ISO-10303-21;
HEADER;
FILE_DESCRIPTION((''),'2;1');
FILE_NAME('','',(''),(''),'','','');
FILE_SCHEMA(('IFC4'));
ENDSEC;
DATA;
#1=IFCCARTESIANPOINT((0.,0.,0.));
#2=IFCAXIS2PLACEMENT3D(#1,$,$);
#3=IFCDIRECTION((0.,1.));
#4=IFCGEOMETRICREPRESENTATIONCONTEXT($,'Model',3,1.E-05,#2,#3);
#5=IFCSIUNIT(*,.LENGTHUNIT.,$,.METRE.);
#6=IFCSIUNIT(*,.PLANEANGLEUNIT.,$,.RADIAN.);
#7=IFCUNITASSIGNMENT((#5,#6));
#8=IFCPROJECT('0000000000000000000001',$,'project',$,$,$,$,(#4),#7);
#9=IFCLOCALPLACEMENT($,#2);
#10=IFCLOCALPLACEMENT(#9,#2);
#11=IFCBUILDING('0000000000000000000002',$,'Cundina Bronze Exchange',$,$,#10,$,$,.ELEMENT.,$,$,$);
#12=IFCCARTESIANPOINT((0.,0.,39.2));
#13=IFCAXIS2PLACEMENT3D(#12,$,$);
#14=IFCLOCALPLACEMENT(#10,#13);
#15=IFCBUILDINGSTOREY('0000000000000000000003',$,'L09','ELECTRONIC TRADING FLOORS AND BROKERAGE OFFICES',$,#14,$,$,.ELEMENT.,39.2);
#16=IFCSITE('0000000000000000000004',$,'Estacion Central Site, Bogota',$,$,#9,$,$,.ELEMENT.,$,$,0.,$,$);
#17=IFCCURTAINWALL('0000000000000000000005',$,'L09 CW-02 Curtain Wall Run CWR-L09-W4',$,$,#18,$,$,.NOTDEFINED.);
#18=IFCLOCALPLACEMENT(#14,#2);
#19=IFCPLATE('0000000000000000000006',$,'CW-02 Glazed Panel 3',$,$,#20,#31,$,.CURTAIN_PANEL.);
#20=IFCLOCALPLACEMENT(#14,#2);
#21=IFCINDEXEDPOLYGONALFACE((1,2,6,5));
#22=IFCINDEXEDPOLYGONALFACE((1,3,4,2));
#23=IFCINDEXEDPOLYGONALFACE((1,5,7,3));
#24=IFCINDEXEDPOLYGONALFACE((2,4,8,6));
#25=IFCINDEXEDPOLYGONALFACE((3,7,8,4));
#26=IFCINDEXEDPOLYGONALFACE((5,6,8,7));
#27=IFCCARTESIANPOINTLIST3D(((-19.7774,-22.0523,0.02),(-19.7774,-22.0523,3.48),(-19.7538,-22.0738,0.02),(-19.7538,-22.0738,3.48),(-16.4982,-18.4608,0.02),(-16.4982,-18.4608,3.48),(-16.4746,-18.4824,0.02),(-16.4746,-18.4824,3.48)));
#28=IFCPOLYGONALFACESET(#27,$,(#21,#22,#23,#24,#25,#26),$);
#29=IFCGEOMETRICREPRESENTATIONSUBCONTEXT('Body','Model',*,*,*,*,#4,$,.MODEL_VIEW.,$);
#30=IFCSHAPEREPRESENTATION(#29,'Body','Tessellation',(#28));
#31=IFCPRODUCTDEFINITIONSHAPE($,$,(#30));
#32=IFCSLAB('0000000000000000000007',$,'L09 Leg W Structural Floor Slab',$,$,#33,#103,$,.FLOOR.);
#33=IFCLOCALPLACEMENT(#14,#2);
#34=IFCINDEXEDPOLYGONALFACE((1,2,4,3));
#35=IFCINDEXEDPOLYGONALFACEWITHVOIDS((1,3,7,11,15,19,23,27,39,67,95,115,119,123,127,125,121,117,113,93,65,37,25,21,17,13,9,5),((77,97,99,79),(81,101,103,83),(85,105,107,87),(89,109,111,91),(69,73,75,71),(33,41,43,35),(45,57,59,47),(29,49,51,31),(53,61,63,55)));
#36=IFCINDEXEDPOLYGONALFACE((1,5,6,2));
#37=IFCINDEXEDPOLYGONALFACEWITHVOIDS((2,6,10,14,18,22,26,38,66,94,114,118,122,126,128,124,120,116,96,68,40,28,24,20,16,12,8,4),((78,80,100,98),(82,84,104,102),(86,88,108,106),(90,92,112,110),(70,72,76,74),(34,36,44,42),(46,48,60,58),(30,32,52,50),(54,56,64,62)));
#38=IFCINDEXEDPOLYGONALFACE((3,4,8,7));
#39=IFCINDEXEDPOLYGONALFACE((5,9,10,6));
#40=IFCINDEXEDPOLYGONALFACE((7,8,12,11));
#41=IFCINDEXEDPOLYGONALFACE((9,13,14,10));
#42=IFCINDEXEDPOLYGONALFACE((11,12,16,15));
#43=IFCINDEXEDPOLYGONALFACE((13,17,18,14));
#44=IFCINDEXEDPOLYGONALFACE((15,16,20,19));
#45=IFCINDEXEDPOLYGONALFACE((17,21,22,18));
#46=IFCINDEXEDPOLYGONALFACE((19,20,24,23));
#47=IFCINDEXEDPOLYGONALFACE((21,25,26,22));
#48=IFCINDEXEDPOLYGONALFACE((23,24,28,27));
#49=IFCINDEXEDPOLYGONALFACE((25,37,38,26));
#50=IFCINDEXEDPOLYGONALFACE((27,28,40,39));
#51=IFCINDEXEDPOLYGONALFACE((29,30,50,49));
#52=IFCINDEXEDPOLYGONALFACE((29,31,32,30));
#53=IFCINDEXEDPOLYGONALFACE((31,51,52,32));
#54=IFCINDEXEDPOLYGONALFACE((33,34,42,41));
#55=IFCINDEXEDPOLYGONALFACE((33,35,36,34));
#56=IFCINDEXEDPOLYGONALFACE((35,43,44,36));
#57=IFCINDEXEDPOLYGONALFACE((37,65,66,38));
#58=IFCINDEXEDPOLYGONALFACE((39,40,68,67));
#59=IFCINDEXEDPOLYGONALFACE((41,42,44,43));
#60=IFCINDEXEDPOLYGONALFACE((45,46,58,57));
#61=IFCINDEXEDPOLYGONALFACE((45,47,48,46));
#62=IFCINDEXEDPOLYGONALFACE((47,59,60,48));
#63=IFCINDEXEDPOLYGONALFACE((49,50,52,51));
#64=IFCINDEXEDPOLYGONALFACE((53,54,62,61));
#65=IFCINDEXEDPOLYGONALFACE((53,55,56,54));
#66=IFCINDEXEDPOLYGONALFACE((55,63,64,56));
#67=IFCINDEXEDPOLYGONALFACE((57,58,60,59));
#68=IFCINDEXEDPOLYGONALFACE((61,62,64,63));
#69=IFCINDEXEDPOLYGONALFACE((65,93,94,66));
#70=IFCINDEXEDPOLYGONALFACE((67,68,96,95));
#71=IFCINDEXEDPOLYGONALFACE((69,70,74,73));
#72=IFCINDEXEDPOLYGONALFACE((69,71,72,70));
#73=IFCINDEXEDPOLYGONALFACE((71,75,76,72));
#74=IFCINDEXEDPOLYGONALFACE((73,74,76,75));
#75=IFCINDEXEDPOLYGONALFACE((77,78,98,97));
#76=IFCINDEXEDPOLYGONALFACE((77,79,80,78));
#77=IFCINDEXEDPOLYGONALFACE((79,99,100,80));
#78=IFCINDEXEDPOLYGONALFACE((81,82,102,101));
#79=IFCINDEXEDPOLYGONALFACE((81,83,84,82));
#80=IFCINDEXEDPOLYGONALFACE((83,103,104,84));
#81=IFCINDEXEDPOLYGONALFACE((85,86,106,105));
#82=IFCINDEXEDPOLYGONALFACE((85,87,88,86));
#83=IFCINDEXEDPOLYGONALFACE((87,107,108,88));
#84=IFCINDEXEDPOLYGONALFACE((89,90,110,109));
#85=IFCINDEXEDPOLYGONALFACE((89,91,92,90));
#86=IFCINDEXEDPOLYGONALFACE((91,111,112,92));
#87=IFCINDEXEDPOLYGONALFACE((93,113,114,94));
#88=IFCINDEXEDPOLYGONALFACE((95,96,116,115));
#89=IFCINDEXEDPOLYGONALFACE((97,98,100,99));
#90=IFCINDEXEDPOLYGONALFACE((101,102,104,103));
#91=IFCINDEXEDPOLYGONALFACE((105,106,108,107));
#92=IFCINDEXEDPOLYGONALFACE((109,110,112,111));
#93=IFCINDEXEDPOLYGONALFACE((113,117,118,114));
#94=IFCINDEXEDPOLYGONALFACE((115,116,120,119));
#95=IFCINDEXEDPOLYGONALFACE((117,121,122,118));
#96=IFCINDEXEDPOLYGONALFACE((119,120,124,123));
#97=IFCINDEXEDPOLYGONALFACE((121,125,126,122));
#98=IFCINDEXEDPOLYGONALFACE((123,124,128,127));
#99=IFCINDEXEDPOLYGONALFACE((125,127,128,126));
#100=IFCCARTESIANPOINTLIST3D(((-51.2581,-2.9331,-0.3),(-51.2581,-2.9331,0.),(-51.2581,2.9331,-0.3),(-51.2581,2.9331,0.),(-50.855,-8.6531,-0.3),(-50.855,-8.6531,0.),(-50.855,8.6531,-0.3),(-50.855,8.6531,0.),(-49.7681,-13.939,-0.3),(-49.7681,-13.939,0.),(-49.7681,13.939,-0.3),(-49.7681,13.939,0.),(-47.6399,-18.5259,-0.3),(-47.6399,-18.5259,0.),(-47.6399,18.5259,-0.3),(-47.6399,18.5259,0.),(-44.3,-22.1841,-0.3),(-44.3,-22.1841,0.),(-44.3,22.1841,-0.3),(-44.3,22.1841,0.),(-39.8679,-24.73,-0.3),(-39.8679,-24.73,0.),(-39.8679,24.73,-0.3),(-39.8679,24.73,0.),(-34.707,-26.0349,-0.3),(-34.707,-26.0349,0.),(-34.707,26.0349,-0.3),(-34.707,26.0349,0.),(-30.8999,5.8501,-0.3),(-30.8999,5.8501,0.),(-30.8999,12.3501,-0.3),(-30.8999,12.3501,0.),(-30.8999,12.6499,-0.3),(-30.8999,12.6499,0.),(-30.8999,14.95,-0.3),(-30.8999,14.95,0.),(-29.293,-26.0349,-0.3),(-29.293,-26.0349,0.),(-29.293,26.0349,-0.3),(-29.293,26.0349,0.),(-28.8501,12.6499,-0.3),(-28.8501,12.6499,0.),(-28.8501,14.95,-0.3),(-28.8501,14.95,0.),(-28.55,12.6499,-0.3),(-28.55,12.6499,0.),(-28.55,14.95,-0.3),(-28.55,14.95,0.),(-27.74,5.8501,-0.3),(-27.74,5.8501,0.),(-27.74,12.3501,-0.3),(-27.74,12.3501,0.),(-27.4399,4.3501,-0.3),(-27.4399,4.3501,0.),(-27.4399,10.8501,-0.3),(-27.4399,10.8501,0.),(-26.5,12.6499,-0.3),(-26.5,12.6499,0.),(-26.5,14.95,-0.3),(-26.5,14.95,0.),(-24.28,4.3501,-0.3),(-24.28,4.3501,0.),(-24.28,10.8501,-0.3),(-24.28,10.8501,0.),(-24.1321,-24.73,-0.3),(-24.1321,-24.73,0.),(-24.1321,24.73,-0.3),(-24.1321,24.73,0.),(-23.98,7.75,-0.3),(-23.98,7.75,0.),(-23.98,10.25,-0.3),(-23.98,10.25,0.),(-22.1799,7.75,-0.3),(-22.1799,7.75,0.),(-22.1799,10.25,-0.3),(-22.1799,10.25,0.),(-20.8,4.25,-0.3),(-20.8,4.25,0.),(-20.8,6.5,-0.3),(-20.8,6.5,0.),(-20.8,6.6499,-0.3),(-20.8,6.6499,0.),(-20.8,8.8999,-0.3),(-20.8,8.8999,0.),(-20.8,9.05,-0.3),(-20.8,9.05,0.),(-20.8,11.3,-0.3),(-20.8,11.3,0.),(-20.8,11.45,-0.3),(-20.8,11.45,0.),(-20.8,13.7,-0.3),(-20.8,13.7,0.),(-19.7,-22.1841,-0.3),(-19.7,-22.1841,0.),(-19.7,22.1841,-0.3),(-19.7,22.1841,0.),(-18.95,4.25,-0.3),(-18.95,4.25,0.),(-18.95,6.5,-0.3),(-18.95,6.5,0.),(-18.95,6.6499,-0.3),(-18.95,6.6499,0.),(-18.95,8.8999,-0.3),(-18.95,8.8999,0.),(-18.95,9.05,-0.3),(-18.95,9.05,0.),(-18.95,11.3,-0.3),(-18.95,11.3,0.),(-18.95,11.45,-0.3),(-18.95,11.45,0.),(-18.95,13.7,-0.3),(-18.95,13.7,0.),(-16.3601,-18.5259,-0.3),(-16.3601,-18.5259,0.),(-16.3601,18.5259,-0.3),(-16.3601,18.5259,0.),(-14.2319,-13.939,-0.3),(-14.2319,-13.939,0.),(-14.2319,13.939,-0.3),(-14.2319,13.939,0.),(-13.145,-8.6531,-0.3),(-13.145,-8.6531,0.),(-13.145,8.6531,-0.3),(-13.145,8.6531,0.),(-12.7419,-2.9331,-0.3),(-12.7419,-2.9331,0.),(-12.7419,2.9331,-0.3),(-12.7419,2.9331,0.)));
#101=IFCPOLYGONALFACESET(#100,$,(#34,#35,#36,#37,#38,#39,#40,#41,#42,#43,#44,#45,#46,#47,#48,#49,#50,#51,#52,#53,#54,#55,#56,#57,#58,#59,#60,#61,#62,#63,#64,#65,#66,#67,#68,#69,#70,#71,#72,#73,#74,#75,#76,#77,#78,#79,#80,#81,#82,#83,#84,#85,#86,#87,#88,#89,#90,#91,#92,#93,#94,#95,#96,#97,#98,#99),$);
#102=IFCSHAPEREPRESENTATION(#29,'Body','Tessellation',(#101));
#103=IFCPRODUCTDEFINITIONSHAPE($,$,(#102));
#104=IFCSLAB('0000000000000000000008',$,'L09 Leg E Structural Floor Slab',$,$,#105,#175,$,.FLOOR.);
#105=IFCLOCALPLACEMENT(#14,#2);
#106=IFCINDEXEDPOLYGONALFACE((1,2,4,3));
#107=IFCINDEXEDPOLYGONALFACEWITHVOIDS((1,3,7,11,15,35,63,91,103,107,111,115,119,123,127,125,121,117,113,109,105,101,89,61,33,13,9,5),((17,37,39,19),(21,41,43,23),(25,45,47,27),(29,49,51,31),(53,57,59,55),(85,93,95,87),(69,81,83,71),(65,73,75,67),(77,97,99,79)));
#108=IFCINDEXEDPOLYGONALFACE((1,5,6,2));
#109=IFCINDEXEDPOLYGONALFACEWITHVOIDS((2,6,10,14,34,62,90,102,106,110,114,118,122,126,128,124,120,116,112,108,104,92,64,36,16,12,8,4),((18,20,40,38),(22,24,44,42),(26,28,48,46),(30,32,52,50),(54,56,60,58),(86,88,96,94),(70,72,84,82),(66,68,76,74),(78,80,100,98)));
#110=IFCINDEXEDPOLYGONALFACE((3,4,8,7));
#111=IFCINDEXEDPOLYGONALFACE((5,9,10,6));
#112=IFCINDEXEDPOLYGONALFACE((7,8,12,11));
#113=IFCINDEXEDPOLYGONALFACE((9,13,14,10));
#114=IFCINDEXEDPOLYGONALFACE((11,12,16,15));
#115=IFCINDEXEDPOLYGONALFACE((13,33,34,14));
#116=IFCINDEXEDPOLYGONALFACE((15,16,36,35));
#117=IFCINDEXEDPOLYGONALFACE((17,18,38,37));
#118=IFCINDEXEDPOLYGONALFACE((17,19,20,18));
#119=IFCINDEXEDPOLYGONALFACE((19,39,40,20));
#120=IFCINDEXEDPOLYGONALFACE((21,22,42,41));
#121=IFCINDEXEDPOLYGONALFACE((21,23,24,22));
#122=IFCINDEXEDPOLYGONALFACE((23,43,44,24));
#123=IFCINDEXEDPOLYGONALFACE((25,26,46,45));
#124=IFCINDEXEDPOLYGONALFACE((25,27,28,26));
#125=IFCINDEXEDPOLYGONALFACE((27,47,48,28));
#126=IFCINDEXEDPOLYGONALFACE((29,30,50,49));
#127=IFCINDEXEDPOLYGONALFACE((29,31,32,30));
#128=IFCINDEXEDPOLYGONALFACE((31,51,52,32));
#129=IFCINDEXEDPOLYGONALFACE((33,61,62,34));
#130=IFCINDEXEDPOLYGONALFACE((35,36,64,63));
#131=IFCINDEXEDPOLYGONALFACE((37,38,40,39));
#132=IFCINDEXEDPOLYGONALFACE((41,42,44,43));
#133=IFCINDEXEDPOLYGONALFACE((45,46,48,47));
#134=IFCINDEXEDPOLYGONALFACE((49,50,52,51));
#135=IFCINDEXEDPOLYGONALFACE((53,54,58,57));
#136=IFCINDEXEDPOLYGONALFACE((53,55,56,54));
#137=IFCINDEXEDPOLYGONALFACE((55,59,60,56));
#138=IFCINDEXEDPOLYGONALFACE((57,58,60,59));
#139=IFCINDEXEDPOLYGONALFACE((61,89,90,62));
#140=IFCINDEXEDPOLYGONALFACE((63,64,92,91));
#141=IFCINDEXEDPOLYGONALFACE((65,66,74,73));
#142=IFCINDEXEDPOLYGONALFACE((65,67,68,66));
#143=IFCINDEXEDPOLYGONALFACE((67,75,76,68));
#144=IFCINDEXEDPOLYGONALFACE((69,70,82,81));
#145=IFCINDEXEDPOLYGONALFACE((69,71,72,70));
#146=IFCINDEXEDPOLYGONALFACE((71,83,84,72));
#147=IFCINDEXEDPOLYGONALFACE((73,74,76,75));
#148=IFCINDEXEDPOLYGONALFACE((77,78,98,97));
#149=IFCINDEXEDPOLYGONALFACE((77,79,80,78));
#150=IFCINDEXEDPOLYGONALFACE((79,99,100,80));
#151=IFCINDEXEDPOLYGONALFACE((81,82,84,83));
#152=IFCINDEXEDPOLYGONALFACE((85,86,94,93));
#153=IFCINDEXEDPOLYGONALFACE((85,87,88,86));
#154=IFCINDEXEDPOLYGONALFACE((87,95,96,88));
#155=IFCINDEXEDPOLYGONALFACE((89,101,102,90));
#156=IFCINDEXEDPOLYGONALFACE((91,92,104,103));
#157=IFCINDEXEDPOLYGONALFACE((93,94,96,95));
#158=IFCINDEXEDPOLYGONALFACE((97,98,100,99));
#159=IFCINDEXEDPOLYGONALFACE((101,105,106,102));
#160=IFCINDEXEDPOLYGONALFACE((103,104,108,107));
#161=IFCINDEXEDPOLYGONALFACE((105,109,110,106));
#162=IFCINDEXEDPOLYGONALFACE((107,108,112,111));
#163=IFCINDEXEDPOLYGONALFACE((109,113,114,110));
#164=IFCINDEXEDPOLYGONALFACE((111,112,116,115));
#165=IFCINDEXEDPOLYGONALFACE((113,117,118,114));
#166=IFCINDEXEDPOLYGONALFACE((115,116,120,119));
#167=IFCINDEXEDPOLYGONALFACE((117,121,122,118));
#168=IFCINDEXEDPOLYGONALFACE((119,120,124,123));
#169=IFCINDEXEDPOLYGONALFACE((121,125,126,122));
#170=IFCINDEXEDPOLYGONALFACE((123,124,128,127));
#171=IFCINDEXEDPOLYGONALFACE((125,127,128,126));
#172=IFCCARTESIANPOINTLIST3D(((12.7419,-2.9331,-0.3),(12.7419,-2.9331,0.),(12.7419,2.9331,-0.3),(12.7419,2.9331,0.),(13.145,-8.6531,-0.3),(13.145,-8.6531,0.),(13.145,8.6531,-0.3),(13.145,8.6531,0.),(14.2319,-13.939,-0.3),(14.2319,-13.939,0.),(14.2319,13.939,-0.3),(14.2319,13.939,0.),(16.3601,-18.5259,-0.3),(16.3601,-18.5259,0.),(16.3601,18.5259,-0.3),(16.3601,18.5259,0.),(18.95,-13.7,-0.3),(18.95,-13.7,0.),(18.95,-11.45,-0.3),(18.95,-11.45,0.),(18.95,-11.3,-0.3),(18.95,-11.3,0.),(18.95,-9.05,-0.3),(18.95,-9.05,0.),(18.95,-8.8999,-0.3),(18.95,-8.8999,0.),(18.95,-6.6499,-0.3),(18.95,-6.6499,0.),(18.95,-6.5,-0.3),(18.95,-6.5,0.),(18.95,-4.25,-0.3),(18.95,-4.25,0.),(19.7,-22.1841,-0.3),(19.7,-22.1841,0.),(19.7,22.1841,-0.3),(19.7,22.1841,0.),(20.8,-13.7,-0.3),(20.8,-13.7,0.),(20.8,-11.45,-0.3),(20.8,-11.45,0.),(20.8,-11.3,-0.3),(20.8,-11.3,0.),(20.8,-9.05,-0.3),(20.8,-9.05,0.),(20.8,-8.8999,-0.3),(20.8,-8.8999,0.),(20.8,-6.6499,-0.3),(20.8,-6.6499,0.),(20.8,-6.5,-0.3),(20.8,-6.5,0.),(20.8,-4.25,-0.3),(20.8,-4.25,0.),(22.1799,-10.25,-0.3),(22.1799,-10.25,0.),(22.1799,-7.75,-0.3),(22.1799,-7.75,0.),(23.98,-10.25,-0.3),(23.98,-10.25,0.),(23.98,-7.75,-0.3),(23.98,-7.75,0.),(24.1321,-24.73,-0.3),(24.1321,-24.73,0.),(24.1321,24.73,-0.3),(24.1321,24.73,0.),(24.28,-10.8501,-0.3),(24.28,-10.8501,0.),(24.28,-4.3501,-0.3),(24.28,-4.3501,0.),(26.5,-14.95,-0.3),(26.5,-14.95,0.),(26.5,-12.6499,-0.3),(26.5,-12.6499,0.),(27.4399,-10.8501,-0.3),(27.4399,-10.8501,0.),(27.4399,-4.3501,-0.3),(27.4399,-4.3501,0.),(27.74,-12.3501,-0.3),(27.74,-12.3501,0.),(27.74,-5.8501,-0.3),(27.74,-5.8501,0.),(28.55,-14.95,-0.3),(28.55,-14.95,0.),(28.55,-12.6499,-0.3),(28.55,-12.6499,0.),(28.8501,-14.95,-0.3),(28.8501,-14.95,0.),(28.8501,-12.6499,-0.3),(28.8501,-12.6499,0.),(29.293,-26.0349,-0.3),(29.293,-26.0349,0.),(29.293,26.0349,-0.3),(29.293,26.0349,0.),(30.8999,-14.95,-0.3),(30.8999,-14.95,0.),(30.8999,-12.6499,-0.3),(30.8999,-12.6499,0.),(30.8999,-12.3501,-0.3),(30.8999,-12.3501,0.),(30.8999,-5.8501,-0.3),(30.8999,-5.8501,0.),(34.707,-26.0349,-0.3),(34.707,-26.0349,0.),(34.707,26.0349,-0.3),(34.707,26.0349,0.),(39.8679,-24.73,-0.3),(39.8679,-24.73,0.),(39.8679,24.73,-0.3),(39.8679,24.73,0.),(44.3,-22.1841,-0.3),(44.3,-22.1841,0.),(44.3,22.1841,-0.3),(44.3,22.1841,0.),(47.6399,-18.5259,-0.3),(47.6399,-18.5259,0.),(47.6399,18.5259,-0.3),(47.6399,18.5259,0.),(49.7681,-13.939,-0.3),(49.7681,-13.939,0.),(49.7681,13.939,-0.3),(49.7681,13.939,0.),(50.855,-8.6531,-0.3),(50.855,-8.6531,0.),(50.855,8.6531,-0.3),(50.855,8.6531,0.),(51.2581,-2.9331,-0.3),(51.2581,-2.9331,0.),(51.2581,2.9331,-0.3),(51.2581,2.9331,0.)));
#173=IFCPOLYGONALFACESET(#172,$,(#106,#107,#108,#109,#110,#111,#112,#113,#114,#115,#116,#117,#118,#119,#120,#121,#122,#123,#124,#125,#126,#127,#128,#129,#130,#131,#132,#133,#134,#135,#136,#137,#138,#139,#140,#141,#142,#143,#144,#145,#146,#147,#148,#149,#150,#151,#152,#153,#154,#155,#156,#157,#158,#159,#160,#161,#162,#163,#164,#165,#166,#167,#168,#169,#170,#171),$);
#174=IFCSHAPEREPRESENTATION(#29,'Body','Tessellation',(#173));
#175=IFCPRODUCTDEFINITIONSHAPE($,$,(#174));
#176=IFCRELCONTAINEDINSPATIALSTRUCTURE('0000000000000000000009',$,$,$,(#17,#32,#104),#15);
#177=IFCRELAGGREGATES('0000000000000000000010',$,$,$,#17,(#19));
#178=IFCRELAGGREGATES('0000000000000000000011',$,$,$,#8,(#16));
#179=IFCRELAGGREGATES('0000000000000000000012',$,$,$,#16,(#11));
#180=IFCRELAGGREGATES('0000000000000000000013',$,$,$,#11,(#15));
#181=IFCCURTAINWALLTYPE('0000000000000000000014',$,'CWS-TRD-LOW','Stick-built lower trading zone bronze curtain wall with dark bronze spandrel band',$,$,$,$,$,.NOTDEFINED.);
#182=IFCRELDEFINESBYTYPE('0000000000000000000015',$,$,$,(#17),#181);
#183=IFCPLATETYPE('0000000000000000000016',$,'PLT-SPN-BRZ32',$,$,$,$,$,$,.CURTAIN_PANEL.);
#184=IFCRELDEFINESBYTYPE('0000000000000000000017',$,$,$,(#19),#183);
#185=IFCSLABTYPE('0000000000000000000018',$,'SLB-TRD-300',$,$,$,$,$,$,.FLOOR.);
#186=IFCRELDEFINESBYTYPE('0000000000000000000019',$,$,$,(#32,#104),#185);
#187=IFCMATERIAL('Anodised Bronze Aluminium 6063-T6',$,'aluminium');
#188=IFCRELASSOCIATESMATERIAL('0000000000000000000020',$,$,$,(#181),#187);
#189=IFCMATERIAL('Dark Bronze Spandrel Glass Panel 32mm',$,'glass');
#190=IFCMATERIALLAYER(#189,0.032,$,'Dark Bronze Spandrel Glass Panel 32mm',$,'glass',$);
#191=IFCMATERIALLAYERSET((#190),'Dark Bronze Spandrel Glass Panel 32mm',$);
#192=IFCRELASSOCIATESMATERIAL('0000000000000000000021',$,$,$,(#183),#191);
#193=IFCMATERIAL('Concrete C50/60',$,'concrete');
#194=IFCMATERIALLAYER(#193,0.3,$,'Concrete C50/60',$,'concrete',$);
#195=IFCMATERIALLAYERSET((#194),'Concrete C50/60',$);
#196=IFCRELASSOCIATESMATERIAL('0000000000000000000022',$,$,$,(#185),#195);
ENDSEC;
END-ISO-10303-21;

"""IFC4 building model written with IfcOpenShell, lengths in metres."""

from ifc_helpers import new_model, si_unit, direction, frame, origin, origin_2d, place, context, subcontext, project, spatial, polyline, rectangle, outline, extrude, material, layer, layer_set, type_object, element, aggregate, save


model = new_model("IFC4")

# Units and contexts
model_context = context("Model", 3, precision=1e-05, world=origin(), true_north=direction((0.0, 1.0)))
body_context = subcontext(model_context, "Body", "Model", "MODEL_VIEW")
ifc_project = project(units=[si_unit("LENGTHUNIT", "METRE"), si_unit("PLANEANGLEUNIT", "RADIAN")], contexts=[model_context])

# Site, building, storey
site_placement = place(None, origin())
site = spatial("IfcSite", under=ifc_project, at=site_placement, Name="Estacion Central Site, Bogota", CompositionType="ELEMENT", RefElevation=0.0)
building_placement = place(site_placement, origin())
building = spatial("IfcBuilding", under=site, at=building_placement, Name="Cundina Bronze Exchange", CompositionType="ELEMENT")
storey_placement = place(building_placement, frame((0.0, 0.0, 39.2)))
storey = spatial("IfcBuildingStorey", under=building, at=storey_placement, Name="L09", Description="ELECTRONIC TRADING FLOORS AND BROKERAGE OFFICES", CompositionType="ELEMENT", Elevation=39.2)

# Shared definitions
ifc_material_1 = material(Name="Anodised Bronze Aluminium 6063-T6", Category="aluminium")
curtain_wall_type = type_object("IfcCurtainWallType", Name="CWS-TRD-LOW", Description="Stick-built lower trading zone bronze curtain wall with dark bronze spandrel band", PredefinedType="NOTDEFINED", material=ifc_material_1)

# Curtain wall
curtain_wall_1_placement = place(storey_placement, origin())
curtain_wall_1 = element("IfcCurtainWall", 1, at=curtain_wall_1_placement, inside=storey, type_object=curtain_wall_type, Name="L09 CW-02 Curtain Wall Run CWR-L09-W4", PredefinedType="NOTDEFINED")

# Plate
ifc_material_2 = material(Name="Dark Bronze Spandrel Glass Panel 32mm", Category="glass")
ifc_layer_1 = layer(ifc_material_2, 0.032, Name="Dark Bronze Spandrel Glass Panel 32mm", Category="glass")
ifc_layer_set_1 = layer_set([ifc_layer_1], Name="Dark Bronze Spandrel Glass Panel 32mm")
plate_type_1 = type_object("IfcPlateType", Name="PLT-SPN-BRZ32", PredefinedType="CURTAIN_PANEL", material=ifc_layer_set_1)
plate_1_placement = place(storey_placement, frame((-18.126, -20.2673, 0.02), z_axis=(0.0, 0.0, 1.0), x_axis=(0.674277, 0.738479, 0.0)))
plate_1 = element("IfcPlate", 2, at=plate_1_placement, type_object=plate_type_1, Name="CW-02 Glazed Panel 3", PredefinedType="CURTAIN_PANEL", context=body_context, shape_type="SweptSolid", body=[
    extrude(rectangle(XDim=4.8633, YDim=0.032, at=origin_2d()), origin(), (0.0, 0.0, 1.0), 3.46),
])
aggregate(curtain_wall_1, [plate_1])

# Slabs
ifc_material_3 = material(Name="Concrete C50/60", Category="concrete")
ifc_layer_2 = layer(ifc_material_3, 0.3, Name="Concrete C50/60", Category="concrete")
ifc_layer_set_2 = layer_set([ifc_layer_2], Name="Concrete C50/60")
slab_type = type_object("IfcSlabType", Name="SLB-TRD-300", PredefinedType="FLOOR", material=ifc_layer_set_2)
slab_1_placement = place(storey_placement, frame((0.0, 0.0, -0.3)))
element("IfcSlab", 3, at=slab_1_placement, inside=storey, type_object=slab_type, Name="L09 Leg W Structural Floor Slab", PredefinedType="FLOOR", context=body_context, shape_type="SweptSolid", body=[
    extrude(outline(polyline([(-12.7419, 2.9331), (-13.145, 8.6531), (-14.2319, 13.939), (-16.3601, 18.5259), (-19.7, 22.1841), (-24.1321, 24.73), (-29.293, 26.0349), (-34.707, 26.0349), (-39.8679, 24.73), (-44.3, 22.1841), (-47.6399, 18.5259), (-49.7681, 13.939), (-50.855, 8.6531), (-51.2581, 2.9331), (-51.2581, -2.9331), (-50.855, -8.6531), (-49.7681, -13.939), (-47.6399, -18.5259), (-44.3, -22.1841), (-39.8679, -24.73), (-34.707, -26.0349), (-29.293, -26.0349), (-24.1321, -24.73), (-19.7, -22.1841), (-16.3601, -18.5259), (-14.2319, -13.939), (-13.145, -8.6531), (-12.7419, -2.9331), (-12.7419, 2.9331)]), holes=[polyline([(-27.74, 5.8501), (-27.74, 12.3501), (-30.8999, 12.3501), (-30.8999, 5.8501), (-27.74, 5.8501)]), polyline([(-27.4399, 10.8501), (-27.4399, 4.3501), (-24.28, 4.3501), (-24.28, 10.8501), (-27.4399, 10.8501)]), polyline([(-23.98, 10.25), (-22.1799, 10.25), (-22.1799, 7.75), (-23.98, 7.75), (-23.98, 10.25)]), polyline([(-30.8999, 14.95), (-28.8501, 14.95), (-28.8501, 12.6499), (-30.8999, 12.6499), (-30.8999, 14.95)]), polyline([(-28.55, 14.95), (-26.5, 14.95), (-26.5, 12.6499), (-28.55, 12.6499), (-28.55, 14.95)]), polyline([(-20.8, 13.7), (-18.95, 13.7), (-18.95, 11.45), (-20.8, 11.45), (-20.8, 13.7)]), polyline([(-20.8, 11.3), (-18.95, 11.3), (-18.95, 9.05), (-20.8, 9.05), (-20.8, 11.3)]), polyline([(-20.8, 8.8999), (-18.95, 8.8999), (-18.95, 6.6499), (-20.8, 6.6499), (-20.8, 8.8999)]), polyline([(-20.8, 6.5), (-18.95, 6.5), (-18.95, 4.25), (-20.8, 4.25), (-20.8, 6.5)])]), origin(), (0.0, 0.0, 1.0), 0.3),
])
slab_2_placement = place(storey_placement, frame((0.0, 0.0, -0.3)))
element("IfcSlab", 4, at=slab_2_placement, inside=storey, type_object=slab_type, Name="L09 Leg E Structural Floor Slab", PredefinedType="FLOOR", context=body_context, shape_type="SweptSolid", body=[
    extrude(outline(polyline([(51.2581, 2.9331), (50.855, 8.6531), (49.7681, 13.939), (47.6399, 18.5259), (44.3, 22.1841), (39.8679, 24.73), (34.707, 26.0349), (29.293, 26.0349), (24.1321, 24.73), (19.7, 22.1841), (16.3601, 18.5259), (14.2319, 13.939), (13.145, 8.6531), (12.7419, 2.9331), (12.7419, -2.9331), (13.145, -8.6531), (14.2319, -13.939), (16.3601, -18.5259), (19.7, -22.1841), (24.1321, -24.73), (29.293, -26.0349), (34.707, -26.0349), (39.8679, -24.73), (44.3, -22.1841), (47.6399, -18.5259), (49.7681, -13.939), (50.855, -8.6531), (51.2581, -2.9331), (51.2581, 2.9331)]), holes=[polyline([(27.74, -5.8501), (27.74, -12.3501), (30.8999, -12.3501), (30.8999, -5.8501), (27.74, -5.8501)]), polyline([(27.4399, -10.8501), (27.4399, -4.3501), (24.28, -4.3501), (24.28, -10.8501), (27.4399, -10.8501)]), polyline([(22.1799, -7.75), (23.98, -7.75), (23.98, -10.25), (22.1799, -10.25), (22.1799, -7.75)]), polyline([(28.8501, -12.6499), (30.8999, -12.6499), (30.8999, -14.95), (28.8501, -14.95), (28.8501, -12.6499)]), polyline([(26.5, -12.6499), (28.55, -12.6499), (28.55, -14.95), (26.5, -14.95), (26.5, -12.6499)]), polyline([(18.95, -11.45), (20.8, -11.45), (20.8, -13.7), (18.95, -13.7), (18.95, -11.45)]), polyline([(18.95, -9.05), (20.8, -9.05), (20.8, -11.3), (18.95, -11.3), (18.95, -9.05)]), polyline([(18.95, -6.6499), (20.8, -6.6499), (20.8, -8.8999), (18.95, -8.8999), (18.95, -6.6499)]), polyline([(18.95, -4.25), (20.8, -4.25), (20.8, -6.5), (18.95, -6.5), (18.95, -4.25)])]), origin(), (0.0, 0.0, 1.0), 0.3),
])

save(model, "model.ifc")
